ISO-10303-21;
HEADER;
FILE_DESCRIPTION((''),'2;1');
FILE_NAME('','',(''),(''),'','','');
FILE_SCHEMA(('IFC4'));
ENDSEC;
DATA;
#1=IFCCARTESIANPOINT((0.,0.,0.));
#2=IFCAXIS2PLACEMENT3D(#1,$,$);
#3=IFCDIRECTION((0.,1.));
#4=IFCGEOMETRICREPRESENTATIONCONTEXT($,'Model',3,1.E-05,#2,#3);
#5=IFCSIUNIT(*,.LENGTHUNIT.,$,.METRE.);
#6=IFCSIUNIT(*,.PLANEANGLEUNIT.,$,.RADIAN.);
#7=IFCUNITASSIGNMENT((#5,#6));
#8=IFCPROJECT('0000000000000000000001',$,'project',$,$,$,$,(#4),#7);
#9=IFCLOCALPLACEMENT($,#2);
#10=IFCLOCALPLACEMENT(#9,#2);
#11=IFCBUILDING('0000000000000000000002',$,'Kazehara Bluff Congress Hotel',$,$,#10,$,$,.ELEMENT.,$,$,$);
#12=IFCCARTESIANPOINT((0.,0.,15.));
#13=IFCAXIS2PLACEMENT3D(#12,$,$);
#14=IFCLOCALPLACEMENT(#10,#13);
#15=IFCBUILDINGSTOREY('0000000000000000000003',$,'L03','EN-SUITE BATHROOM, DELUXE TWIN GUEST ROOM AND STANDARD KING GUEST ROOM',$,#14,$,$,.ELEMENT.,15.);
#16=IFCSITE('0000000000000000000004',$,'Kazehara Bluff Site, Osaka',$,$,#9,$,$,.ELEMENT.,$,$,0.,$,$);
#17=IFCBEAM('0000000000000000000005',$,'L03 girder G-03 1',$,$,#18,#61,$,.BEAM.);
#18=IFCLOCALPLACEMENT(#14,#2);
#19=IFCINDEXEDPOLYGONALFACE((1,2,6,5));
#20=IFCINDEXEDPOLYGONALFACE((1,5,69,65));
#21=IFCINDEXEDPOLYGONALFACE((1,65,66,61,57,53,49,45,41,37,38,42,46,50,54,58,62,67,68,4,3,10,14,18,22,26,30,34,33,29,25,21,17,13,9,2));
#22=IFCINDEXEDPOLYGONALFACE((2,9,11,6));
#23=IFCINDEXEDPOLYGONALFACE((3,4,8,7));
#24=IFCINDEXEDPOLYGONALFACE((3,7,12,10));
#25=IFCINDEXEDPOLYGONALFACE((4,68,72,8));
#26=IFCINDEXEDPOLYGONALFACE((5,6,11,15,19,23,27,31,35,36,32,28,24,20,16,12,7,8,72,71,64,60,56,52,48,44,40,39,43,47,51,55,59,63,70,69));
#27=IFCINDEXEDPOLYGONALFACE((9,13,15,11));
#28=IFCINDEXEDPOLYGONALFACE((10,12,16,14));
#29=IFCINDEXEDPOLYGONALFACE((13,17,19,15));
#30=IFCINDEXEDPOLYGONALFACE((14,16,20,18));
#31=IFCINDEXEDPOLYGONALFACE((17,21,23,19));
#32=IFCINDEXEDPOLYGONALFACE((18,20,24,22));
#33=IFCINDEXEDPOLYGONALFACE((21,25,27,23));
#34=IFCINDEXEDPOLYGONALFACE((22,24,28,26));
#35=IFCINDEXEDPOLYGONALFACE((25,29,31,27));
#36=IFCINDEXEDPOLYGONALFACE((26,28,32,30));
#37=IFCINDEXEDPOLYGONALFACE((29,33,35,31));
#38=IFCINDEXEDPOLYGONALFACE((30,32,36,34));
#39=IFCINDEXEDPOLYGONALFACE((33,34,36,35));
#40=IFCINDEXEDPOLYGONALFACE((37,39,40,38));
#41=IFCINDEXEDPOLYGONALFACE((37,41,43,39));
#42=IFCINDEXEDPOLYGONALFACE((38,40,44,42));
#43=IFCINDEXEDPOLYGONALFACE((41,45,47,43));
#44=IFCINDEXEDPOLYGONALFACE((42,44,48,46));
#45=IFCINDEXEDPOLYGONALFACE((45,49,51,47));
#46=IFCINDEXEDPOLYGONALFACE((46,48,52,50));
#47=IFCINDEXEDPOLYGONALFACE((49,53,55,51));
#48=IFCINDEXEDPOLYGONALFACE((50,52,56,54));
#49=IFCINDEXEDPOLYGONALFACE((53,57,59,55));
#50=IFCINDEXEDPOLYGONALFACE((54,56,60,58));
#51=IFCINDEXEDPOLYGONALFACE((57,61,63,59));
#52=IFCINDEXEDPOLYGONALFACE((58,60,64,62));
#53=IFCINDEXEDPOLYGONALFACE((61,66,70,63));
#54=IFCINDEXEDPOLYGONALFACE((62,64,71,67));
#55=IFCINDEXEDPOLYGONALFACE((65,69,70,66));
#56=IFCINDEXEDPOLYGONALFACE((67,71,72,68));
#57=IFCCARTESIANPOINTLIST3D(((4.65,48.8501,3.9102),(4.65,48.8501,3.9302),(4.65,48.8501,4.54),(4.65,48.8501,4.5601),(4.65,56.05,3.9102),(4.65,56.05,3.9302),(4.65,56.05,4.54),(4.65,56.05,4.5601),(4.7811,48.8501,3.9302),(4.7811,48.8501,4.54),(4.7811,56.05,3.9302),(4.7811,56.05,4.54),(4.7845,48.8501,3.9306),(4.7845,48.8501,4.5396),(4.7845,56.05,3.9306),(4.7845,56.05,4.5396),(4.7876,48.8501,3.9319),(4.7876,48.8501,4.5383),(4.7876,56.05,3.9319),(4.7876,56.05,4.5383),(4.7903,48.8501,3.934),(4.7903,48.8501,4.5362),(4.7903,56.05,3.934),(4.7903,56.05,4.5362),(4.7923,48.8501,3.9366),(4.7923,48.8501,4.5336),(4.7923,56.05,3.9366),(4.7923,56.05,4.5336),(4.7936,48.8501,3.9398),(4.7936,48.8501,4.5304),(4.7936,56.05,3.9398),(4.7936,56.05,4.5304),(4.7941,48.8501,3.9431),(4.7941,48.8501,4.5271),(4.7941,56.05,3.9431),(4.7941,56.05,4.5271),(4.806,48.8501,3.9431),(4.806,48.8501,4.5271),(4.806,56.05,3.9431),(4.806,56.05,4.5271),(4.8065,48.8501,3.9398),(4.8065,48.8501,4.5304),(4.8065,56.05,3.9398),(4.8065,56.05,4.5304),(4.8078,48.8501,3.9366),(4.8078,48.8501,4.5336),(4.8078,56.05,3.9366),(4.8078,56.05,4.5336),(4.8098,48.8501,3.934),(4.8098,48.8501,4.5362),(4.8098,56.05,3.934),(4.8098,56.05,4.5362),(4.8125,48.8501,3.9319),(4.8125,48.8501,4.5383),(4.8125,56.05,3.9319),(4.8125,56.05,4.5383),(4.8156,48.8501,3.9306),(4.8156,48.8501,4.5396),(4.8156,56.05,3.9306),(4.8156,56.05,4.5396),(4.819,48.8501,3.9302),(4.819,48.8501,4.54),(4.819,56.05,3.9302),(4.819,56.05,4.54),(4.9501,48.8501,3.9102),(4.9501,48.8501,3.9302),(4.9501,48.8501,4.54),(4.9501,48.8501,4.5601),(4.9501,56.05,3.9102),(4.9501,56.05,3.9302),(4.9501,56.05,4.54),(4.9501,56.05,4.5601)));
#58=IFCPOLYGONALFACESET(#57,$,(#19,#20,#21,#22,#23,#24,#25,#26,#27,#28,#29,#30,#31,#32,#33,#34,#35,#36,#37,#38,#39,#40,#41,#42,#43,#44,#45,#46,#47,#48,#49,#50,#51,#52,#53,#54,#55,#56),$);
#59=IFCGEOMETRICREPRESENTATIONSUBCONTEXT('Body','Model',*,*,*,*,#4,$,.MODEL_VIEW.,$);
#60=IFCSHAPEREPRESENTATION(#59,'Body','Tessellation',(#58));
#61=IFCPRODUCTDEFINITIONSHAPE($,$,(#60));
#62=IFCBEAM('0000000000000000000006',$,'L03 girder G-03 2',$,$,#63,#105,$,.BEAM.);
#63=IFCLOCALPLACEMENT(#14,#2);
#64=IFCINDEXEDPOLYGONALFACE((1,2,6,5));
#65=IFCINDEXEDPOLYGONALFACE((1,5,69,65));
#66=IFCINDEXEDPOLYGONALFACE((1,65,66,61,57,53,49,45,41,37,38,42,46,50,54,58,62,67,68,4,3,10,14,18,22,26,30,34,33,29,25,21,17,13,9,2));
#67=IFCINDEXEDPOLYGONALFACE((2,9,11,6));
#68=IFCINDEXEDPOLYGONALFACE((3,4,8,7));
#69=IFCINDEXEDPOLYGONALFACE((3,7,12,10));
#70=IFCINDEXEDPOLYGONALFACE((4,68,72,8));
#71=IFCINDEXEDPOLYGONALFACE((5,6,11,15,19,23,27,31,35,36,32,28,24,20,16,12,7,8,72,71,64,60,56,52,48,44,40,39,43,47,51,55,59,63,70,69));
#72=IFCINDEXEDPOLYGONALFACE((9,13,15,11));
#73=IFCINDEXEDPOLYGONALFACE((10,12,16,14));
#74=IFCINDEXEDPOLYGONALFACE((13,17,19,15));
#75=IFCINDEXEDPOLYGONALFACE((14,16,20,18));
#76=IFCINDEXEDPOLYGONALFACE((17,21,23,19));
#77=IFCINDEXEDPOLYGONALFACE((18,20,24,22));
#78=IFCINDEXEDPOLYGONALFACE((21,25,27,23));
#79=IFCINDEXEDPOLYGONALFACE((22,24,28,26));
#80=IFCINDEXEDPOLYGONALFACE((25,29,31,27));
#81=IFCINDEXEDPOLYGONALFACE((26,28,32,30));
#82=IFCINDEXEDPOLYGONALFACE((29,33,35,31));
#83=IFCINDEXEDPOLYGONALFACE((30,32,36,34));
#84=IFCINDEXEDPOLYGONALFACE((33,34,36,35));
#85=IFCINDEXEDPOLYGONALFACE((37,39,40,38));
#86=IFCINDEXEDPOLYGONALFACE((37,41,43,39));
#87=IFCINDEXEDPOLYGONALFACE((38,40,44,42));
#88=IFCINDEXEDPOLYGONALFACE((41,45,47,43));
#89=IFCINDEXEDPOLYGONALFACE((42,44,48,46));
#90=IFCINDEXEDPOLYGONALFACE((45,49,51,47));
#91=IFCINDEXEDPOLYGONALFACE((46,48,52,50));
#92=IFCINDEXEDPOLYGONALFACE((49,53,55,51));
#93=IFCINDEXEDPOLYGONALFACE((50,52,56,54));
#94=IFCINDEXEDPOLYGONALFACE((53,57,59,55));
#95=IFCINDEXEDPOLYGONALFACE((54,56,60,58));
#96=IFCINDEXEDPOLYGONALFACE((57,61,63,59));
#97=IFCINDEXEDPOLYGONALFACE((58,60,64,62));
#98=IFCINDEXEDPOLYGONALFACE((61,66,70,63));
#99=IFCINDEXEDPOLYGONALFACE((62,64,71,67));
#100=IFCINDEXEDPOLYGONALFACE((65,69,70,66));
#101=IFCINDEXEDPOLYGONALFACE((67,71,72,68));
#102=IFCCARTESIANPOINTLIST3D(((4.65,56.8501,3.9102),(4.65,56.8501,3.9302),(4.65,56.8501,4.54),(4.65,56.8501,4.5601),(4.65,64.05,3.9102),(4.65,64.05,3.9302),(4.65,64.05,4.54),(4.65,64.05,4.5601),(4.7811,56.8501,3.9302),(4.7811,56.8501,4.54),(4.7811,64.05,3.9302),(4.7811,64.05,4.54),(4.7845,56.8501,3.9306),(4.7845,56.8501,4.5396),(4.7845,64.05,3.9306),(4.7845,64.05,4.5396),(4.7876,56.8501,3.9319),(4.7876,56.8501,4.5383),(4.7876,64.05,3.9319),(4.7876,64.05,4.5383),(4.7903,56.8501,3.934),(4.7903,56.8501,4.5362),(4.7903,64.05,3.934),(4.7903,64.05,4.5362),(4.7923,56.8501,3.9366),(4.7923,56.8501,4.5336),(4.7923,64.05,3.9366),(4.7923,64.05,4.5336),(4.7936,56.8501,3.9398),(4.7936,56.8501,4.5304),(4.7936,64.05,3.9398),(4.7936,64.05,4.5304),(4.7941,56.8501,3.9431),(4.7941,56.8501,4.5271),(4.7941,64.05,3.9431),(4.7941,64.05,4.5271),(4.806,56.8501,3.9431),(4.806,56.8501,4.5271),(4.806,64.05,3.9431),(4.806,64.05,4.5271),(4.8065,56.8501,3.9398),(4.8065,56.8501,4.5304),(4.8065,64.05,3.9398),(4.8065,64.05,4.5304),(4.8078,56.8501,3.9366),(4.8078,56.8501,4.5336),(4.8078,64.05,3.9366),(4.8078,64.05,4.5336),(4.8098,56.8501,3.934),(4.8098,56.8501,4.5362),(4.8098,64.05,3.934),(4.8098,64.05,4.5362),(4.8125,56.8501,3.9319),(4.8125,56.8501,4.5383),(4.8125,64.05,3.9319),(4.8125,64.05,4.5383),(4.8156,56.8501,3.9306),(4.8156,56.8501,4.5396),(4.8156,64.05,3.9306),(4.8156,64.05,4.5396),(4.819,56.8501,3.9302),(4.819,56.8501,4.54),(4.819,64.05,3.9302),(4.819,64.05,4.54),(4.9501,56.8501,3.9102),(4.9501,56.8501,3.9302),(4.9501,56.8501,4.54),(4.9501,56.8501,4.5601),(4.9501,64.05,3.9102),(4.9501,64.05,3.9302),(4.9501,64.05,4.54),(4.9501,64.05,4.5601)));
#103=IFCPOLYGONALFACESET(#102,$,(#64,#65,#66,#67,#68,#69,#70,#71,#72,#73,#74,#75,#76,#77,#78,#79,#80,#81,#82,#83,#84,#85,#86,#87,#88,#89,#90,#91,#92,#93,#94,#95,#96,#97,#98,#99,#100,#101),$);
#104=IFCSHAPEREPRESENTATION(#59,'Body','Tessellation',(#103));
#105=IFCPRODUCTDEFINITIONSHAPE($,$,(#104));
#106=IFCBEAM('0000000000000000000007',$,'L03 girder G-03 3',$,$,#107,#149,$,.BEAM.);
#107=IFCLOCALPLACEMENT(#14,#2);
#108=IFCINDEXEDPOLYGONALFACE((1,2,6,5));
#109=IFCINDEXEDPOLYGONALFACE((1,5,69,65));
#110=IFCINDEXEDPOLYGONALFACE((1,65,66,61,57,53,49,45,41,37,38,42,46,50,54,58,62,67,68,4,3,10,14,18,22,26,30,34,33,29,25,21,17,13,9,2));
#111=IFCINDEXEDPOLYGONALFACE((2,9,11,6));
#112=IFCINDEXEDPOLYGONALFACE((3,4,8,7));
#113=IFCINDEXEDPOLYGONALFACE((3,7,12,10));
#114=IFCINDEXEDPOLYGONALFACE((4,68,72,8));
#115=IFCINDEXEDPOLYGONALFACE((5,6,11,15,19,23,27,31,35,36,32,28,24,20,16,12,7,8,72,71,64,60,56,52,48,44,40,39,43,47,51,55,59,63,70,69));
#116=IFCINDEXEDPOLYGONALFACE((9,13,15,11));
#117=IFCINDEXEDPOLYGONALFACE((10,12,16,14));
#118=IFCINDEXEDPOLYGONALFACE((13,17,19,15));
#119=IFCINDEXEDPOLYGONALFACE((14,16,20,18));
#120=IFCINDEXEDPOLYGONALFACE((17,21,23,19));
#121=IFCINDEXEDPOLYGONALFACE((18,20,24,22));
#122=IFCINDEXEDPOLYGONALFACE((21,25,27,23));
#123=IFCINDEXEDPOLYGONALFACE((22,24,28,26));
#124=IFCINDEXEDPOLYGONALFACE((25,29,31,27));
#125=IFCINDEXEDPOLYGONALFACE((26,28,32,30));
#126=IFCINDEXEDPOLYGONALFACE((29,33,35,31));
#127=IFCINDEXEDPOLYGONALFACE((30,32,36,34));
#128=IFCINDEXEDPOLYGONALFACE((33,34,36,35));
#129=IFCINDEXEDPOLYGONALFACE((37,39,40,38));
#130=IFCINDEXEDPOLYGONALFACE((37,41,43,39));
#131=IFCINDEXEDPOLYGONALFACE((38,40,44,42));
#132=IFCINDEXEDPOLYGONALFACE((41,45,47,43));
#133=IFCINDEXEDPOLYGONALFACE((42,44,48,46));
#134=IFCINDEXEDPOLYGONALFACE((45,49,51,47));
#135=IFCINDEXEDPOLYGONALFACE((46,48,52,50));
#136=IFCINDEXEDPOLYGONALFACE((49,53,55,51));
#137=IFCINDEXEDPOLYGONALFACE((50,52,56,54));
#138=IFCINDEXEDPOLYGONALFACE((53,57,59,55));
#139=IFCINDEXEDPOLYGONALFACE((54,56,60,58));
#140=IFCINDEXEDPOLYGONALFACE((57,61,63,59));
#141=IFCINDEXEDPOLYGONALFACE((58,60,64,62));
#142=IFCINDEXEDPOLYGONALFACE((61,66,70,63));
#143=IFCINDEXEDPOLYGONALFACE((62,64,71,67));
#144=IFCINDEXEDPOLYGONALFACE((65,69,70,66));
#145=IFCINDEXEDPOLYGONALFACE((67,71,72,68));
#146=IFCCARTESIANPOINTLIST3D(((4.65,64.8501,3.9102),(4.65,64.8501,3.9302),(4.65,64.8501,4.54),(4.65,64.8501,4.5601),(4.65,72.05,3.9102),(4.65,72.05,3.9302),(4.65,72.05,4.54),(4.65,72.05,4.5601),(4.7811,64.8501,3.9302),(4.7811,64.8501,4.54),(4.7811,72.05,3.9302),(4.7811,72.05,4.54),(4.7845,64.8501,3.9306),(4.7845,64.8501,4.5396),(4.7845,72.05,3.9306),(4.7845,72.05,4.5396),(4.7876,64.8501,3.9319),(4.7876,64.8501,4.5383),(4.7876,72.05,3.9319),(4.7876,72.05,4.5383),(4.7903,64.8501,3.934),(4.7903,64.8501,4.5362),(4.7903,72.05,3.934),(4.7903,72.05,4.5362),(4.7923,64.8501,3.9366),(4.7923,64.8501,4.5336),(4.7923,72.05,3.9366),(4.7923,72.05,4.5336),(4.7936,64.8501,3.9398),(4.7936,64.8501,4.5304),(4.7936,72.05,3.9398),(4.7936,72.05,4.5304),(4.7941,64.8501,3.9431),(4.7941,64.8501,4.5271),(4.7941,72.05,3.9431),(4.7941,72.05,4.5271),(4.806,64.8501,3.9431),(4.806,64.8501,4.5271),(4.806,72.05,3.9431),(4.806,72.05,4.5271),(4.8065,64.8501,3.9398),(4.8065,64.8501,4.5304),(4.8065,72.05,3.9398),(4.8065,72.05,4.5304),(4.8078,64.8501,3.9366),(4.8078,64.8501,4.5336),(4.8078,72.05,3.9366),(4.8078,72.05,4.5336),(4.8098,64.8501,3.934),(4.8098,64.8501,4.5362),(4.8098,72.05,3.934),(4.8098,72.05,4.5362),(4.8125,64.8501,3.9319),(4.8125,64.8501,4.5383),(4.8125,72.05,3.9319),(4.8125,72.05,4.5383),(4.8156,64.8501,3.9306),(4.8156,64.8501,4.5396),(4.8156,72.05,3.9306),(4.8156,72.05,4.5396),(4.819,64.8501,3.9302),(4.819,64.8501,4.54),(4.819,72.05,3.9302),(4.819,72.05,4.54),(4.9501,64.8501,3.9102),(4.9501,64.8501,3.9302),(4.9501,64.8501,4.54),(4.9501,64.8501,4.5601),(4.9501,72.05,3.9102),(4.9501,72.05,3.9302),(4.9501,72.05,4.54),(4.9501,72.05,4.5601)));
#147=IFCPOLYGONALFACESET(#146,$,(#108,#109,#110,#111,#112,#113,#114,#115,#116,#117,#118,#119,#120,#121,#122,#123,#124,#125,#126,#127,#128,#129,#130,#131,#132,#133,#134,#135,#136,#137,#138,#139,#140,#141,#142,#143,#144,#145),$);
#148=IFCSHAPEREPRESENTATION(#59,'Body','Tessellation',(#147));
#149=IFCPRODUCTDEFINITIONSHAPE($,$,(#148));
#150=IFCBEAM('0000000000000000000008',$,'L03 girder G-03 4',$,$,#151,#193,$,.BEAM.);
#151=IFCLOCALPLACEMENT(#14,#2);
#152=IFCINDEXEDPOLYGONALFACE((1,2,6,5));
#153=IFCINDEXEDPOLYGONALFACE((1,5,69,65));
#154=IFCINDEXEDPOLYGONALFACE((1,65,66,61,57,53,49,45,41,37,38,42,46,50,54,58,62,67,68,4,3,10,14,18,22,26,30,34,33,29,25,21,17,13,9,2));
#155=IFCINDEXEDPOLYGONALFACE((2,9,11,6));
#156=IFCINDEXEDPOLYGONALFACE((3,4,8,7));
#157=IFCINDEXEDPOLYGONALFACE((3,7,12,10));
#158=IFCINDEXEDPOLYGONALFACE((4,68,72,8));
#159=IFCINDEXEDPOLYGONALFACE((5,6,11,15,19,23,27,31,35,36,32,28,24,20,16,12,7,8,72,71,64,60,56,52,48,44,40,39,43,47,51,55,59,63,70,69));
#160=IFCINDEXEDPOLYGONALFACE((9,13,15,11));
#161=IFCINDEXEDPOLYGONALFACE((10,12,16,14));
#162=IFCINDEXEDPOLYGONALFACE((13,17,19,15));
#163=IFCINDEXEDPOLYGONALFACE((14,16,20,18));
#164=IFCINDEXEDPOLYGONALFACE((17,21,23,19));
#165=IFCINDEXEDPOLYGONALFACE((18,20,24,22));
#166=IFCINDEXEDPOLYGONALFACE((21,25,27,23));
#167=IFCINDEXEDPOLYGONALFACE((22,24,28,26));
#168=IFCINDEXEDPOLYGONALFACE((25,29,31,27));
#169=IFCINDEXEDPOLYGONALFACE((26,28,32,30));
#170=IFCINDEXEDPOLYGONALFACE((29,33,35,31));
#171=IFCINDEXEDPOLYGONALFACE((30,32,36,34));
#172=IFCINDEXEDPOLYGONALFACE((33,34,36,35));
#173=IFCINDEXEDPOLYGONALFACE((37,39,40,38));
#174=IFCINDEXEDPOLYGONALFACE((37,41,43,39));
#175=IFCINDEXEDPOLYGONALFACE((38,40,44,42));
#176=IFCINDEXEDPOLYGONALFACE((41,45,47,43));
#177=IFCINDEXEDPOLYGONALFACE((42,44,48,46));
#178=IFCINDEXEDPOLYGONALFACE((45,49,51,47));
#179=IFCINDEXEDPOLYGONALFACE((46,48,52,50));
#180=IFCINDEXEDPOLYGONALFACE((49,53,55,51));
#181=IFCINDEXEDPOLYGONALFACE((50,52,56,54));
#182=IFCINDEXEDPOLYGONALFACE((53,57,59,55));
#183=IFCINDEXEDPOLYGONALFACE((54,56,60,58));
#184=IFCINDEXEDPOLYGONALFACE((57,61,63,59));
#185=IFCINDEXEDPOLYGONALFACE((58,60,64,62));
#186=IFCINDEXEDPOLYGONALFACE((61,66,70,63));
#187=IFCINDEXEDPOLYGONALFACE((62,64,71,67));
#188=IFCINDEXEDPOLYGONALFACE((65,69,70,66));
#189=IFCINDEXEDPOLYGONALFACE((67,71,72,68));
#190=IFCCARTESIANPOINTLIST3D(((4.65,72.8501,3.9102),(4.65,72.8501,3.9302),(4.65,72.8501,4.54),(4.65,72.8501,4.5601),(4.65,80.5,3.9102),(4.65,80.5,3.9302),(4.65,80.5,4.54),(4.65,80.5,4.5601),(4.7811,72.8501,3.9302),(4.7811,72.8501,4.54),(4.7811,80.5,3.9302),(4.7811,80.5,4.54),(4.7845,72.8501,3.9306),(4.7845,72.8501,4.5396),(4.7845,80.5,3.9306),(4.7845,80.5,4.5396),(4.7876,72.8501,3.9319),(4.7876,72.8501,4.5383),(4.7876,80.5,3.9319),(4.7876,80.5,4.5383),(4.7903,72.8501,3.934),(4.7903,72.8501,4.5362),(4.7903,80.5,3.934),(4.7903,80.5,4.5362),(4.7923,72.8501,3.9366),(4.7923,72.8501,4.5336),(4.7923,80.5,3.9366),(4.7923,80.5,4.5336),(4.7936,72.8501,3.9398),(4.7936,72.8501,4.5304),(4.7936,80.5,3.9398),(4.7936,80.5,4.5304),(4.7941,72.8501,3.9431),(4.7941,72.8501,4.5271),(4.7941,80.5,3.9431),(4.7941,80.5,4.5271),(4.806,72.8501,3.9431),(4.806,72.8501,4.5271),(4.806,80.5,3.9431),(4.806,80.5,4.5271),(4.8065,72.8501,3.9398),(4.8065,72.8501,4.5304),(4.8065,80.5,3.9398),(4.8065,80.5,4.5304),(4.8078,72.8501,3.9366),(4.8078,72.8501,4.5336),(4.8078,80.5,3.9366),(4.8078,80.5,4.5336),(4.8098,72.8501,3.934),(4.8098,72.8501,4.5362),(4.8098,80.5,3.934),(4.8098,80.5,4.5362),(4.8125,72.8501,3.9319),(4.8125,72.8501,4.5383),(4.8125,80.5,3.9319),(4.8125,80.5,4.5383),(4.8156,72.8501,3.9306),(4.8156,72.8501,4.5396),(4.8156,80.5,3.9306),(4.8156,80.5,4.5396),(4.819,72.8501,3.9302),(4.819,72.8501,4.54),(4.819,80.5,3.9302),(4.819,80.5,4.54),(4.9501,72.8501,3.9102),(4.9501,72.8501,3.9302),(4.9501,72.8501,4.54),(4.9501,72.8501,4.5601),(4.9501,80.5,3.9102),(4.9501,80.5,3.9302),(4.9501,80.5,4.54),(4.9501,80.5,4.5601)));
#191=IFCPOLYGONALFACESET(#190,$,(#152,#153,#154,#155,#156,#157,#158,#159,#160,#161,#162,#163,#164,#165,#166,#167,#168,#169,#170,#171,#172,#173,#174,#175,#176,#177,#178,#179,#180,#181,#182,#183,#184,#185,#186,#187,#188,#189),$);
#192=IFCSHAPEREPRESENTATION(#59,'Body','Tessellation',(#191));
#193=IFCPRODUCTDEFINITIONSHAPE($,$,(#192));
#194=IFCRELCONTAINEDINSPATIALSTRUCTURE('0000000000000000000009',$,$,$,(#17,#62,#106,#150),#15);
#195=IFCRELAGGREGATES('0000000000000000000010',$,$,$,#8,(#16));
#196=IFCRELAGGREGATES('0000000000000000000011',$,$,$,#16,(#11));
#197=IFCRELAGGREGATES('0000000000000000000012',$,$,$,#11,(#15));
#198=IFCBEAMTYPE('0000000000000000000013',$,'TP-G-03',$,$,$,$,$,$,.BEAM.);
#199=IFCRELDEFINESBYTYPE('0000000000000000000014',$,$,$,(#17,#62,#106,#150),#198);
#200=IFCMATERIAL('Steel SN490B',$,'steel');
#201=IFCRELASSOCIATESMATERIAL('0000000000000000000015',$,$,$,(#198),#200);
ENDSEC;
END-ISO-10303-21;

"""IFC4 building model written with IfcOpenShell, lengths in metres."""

from ifc_helpers import new_model, si_unit, direction, frame, origin, origin_2d, place, context, subcontext, project, spatial, i_section, extrude, material, material_profile, profile_set, type_object, element, save


model = new_model("IFC4")

# Units and contexts
model_context = context("Model", 3, precision=1e-05, world=origin(), true_north=direction((0.0, 1.0)))
body_context = subcontext(model_context, "Body", "Model", "MODEL_VIEW")
ifc_project = project(units=[si_unit("LENGTHUNIT", "METRE"), si_unit("PLANEANGLEUNIT", "RADIAN")], contexts=[model_context])

# Site, building, storey
site_placement = place(None, origin())
site = spatial("IfcSite", under=ifc_project, at=site_placement, Name="Kazehara Bluff Site, Osaka", CompositionType="ELEMENT", RefElevation=0.0)
building_placement = place(site_placement, origin())
building = spatial("IfcBuilding", under=site, at=building_placement, Name="Kazehara Bluff Congress Hotel", CompositionType="ELEMENT")
storey_placement = place(building_placement, frame((0.0, 0.0, 15.0)))
storey = spatial("IfcBuildingStorey", under=building, at=storey_placement, Name="L03", Description="EN-SUITE BATHROOM, DELUXE TWIN GUEST ROOM AND STANDARD KING GUEST ROOM", CompositionType="ELEMENT", Elevation=15.0)

# Beams
ifc_material_1 = material(Name="Steel SN490B", Category="steel")
ifc_material_profile_1 = material_profile(ifc_material_1, i_section(OverallWidth=0.3, OverallDepth=0.6499, WebThickness=0.012, FlangeThickness=0.02, FilletRadius=0.0129, at=origin_2d()))
ifc_profile_set_1 = profile_set([ifc_material_profile_1], Name="Steel SN490B")
beam_type_1 = type_object("IfcBeamType", Name="TP-G-03", PredefinedType="BEAM", material=ifc_profile_set_1)
for number, where, z_axis, x_axis, name in (
    (1, (4.8, 48.8501, 4.2351), (0.0, 1.0, 0.0), (-1.0, 0.0, 0.0), "L03 girder G-03 1"),
    (2, (4.8, 56.8501, 4.2351), (0.0, 1.0, 0.0), (-1.0, 0.0, 0.0), "L03 girder G-03 2"),
    (3, (4.8, 64.8501, 4.2351), (0.0, 1.0, 0.0), (-1.0, 0.0, 0.0), "L03 girder G-03 3"),
):
    element("IfcBeam", number, at=place(storey_placement, frame(where, z_axis=z_axis, x_axis=x_axis)), inside=storey, type_object=beam_type_1, Name=name, PredefinedType="BEAM", context=body_context, shape_type="SweptSolid", body=[
        extrude(i_section(OverallWidth=0.3, OverallDepth=0.6499, WebThickness=0.012, FlangeThickness=0.02, FilletRadius=0.0129, at=origin_2d()), origin(), (0.0, 0.0, 1.0), 7.2),
    ])
beam_1_placement = place(storey_placement, frame((4.8, 72.8501, 4.2351), z_axis=(0.0, 1.0, 0.0), x_axis=(-1.0, 0.0, 0.0)))
element("IfcBeam", 4, at=beam_1_placement, inside=storey, type_object=beam_type_1, Name="L03 girder G-03 4", PredefinedType="BEAM", context=body_context, shape_type="SweptSolid", body=[
    extrude(i_section(OverallWidth=0.3, OverallDepth=0.6499, WebThickness=0.012, FlangeThickness=0.02, FilletRadius=0.0129, at=origin_2d()), origin(), (0.0, 0.0, 1.0), 7.6499),
])

save(model, "model.ifc")
